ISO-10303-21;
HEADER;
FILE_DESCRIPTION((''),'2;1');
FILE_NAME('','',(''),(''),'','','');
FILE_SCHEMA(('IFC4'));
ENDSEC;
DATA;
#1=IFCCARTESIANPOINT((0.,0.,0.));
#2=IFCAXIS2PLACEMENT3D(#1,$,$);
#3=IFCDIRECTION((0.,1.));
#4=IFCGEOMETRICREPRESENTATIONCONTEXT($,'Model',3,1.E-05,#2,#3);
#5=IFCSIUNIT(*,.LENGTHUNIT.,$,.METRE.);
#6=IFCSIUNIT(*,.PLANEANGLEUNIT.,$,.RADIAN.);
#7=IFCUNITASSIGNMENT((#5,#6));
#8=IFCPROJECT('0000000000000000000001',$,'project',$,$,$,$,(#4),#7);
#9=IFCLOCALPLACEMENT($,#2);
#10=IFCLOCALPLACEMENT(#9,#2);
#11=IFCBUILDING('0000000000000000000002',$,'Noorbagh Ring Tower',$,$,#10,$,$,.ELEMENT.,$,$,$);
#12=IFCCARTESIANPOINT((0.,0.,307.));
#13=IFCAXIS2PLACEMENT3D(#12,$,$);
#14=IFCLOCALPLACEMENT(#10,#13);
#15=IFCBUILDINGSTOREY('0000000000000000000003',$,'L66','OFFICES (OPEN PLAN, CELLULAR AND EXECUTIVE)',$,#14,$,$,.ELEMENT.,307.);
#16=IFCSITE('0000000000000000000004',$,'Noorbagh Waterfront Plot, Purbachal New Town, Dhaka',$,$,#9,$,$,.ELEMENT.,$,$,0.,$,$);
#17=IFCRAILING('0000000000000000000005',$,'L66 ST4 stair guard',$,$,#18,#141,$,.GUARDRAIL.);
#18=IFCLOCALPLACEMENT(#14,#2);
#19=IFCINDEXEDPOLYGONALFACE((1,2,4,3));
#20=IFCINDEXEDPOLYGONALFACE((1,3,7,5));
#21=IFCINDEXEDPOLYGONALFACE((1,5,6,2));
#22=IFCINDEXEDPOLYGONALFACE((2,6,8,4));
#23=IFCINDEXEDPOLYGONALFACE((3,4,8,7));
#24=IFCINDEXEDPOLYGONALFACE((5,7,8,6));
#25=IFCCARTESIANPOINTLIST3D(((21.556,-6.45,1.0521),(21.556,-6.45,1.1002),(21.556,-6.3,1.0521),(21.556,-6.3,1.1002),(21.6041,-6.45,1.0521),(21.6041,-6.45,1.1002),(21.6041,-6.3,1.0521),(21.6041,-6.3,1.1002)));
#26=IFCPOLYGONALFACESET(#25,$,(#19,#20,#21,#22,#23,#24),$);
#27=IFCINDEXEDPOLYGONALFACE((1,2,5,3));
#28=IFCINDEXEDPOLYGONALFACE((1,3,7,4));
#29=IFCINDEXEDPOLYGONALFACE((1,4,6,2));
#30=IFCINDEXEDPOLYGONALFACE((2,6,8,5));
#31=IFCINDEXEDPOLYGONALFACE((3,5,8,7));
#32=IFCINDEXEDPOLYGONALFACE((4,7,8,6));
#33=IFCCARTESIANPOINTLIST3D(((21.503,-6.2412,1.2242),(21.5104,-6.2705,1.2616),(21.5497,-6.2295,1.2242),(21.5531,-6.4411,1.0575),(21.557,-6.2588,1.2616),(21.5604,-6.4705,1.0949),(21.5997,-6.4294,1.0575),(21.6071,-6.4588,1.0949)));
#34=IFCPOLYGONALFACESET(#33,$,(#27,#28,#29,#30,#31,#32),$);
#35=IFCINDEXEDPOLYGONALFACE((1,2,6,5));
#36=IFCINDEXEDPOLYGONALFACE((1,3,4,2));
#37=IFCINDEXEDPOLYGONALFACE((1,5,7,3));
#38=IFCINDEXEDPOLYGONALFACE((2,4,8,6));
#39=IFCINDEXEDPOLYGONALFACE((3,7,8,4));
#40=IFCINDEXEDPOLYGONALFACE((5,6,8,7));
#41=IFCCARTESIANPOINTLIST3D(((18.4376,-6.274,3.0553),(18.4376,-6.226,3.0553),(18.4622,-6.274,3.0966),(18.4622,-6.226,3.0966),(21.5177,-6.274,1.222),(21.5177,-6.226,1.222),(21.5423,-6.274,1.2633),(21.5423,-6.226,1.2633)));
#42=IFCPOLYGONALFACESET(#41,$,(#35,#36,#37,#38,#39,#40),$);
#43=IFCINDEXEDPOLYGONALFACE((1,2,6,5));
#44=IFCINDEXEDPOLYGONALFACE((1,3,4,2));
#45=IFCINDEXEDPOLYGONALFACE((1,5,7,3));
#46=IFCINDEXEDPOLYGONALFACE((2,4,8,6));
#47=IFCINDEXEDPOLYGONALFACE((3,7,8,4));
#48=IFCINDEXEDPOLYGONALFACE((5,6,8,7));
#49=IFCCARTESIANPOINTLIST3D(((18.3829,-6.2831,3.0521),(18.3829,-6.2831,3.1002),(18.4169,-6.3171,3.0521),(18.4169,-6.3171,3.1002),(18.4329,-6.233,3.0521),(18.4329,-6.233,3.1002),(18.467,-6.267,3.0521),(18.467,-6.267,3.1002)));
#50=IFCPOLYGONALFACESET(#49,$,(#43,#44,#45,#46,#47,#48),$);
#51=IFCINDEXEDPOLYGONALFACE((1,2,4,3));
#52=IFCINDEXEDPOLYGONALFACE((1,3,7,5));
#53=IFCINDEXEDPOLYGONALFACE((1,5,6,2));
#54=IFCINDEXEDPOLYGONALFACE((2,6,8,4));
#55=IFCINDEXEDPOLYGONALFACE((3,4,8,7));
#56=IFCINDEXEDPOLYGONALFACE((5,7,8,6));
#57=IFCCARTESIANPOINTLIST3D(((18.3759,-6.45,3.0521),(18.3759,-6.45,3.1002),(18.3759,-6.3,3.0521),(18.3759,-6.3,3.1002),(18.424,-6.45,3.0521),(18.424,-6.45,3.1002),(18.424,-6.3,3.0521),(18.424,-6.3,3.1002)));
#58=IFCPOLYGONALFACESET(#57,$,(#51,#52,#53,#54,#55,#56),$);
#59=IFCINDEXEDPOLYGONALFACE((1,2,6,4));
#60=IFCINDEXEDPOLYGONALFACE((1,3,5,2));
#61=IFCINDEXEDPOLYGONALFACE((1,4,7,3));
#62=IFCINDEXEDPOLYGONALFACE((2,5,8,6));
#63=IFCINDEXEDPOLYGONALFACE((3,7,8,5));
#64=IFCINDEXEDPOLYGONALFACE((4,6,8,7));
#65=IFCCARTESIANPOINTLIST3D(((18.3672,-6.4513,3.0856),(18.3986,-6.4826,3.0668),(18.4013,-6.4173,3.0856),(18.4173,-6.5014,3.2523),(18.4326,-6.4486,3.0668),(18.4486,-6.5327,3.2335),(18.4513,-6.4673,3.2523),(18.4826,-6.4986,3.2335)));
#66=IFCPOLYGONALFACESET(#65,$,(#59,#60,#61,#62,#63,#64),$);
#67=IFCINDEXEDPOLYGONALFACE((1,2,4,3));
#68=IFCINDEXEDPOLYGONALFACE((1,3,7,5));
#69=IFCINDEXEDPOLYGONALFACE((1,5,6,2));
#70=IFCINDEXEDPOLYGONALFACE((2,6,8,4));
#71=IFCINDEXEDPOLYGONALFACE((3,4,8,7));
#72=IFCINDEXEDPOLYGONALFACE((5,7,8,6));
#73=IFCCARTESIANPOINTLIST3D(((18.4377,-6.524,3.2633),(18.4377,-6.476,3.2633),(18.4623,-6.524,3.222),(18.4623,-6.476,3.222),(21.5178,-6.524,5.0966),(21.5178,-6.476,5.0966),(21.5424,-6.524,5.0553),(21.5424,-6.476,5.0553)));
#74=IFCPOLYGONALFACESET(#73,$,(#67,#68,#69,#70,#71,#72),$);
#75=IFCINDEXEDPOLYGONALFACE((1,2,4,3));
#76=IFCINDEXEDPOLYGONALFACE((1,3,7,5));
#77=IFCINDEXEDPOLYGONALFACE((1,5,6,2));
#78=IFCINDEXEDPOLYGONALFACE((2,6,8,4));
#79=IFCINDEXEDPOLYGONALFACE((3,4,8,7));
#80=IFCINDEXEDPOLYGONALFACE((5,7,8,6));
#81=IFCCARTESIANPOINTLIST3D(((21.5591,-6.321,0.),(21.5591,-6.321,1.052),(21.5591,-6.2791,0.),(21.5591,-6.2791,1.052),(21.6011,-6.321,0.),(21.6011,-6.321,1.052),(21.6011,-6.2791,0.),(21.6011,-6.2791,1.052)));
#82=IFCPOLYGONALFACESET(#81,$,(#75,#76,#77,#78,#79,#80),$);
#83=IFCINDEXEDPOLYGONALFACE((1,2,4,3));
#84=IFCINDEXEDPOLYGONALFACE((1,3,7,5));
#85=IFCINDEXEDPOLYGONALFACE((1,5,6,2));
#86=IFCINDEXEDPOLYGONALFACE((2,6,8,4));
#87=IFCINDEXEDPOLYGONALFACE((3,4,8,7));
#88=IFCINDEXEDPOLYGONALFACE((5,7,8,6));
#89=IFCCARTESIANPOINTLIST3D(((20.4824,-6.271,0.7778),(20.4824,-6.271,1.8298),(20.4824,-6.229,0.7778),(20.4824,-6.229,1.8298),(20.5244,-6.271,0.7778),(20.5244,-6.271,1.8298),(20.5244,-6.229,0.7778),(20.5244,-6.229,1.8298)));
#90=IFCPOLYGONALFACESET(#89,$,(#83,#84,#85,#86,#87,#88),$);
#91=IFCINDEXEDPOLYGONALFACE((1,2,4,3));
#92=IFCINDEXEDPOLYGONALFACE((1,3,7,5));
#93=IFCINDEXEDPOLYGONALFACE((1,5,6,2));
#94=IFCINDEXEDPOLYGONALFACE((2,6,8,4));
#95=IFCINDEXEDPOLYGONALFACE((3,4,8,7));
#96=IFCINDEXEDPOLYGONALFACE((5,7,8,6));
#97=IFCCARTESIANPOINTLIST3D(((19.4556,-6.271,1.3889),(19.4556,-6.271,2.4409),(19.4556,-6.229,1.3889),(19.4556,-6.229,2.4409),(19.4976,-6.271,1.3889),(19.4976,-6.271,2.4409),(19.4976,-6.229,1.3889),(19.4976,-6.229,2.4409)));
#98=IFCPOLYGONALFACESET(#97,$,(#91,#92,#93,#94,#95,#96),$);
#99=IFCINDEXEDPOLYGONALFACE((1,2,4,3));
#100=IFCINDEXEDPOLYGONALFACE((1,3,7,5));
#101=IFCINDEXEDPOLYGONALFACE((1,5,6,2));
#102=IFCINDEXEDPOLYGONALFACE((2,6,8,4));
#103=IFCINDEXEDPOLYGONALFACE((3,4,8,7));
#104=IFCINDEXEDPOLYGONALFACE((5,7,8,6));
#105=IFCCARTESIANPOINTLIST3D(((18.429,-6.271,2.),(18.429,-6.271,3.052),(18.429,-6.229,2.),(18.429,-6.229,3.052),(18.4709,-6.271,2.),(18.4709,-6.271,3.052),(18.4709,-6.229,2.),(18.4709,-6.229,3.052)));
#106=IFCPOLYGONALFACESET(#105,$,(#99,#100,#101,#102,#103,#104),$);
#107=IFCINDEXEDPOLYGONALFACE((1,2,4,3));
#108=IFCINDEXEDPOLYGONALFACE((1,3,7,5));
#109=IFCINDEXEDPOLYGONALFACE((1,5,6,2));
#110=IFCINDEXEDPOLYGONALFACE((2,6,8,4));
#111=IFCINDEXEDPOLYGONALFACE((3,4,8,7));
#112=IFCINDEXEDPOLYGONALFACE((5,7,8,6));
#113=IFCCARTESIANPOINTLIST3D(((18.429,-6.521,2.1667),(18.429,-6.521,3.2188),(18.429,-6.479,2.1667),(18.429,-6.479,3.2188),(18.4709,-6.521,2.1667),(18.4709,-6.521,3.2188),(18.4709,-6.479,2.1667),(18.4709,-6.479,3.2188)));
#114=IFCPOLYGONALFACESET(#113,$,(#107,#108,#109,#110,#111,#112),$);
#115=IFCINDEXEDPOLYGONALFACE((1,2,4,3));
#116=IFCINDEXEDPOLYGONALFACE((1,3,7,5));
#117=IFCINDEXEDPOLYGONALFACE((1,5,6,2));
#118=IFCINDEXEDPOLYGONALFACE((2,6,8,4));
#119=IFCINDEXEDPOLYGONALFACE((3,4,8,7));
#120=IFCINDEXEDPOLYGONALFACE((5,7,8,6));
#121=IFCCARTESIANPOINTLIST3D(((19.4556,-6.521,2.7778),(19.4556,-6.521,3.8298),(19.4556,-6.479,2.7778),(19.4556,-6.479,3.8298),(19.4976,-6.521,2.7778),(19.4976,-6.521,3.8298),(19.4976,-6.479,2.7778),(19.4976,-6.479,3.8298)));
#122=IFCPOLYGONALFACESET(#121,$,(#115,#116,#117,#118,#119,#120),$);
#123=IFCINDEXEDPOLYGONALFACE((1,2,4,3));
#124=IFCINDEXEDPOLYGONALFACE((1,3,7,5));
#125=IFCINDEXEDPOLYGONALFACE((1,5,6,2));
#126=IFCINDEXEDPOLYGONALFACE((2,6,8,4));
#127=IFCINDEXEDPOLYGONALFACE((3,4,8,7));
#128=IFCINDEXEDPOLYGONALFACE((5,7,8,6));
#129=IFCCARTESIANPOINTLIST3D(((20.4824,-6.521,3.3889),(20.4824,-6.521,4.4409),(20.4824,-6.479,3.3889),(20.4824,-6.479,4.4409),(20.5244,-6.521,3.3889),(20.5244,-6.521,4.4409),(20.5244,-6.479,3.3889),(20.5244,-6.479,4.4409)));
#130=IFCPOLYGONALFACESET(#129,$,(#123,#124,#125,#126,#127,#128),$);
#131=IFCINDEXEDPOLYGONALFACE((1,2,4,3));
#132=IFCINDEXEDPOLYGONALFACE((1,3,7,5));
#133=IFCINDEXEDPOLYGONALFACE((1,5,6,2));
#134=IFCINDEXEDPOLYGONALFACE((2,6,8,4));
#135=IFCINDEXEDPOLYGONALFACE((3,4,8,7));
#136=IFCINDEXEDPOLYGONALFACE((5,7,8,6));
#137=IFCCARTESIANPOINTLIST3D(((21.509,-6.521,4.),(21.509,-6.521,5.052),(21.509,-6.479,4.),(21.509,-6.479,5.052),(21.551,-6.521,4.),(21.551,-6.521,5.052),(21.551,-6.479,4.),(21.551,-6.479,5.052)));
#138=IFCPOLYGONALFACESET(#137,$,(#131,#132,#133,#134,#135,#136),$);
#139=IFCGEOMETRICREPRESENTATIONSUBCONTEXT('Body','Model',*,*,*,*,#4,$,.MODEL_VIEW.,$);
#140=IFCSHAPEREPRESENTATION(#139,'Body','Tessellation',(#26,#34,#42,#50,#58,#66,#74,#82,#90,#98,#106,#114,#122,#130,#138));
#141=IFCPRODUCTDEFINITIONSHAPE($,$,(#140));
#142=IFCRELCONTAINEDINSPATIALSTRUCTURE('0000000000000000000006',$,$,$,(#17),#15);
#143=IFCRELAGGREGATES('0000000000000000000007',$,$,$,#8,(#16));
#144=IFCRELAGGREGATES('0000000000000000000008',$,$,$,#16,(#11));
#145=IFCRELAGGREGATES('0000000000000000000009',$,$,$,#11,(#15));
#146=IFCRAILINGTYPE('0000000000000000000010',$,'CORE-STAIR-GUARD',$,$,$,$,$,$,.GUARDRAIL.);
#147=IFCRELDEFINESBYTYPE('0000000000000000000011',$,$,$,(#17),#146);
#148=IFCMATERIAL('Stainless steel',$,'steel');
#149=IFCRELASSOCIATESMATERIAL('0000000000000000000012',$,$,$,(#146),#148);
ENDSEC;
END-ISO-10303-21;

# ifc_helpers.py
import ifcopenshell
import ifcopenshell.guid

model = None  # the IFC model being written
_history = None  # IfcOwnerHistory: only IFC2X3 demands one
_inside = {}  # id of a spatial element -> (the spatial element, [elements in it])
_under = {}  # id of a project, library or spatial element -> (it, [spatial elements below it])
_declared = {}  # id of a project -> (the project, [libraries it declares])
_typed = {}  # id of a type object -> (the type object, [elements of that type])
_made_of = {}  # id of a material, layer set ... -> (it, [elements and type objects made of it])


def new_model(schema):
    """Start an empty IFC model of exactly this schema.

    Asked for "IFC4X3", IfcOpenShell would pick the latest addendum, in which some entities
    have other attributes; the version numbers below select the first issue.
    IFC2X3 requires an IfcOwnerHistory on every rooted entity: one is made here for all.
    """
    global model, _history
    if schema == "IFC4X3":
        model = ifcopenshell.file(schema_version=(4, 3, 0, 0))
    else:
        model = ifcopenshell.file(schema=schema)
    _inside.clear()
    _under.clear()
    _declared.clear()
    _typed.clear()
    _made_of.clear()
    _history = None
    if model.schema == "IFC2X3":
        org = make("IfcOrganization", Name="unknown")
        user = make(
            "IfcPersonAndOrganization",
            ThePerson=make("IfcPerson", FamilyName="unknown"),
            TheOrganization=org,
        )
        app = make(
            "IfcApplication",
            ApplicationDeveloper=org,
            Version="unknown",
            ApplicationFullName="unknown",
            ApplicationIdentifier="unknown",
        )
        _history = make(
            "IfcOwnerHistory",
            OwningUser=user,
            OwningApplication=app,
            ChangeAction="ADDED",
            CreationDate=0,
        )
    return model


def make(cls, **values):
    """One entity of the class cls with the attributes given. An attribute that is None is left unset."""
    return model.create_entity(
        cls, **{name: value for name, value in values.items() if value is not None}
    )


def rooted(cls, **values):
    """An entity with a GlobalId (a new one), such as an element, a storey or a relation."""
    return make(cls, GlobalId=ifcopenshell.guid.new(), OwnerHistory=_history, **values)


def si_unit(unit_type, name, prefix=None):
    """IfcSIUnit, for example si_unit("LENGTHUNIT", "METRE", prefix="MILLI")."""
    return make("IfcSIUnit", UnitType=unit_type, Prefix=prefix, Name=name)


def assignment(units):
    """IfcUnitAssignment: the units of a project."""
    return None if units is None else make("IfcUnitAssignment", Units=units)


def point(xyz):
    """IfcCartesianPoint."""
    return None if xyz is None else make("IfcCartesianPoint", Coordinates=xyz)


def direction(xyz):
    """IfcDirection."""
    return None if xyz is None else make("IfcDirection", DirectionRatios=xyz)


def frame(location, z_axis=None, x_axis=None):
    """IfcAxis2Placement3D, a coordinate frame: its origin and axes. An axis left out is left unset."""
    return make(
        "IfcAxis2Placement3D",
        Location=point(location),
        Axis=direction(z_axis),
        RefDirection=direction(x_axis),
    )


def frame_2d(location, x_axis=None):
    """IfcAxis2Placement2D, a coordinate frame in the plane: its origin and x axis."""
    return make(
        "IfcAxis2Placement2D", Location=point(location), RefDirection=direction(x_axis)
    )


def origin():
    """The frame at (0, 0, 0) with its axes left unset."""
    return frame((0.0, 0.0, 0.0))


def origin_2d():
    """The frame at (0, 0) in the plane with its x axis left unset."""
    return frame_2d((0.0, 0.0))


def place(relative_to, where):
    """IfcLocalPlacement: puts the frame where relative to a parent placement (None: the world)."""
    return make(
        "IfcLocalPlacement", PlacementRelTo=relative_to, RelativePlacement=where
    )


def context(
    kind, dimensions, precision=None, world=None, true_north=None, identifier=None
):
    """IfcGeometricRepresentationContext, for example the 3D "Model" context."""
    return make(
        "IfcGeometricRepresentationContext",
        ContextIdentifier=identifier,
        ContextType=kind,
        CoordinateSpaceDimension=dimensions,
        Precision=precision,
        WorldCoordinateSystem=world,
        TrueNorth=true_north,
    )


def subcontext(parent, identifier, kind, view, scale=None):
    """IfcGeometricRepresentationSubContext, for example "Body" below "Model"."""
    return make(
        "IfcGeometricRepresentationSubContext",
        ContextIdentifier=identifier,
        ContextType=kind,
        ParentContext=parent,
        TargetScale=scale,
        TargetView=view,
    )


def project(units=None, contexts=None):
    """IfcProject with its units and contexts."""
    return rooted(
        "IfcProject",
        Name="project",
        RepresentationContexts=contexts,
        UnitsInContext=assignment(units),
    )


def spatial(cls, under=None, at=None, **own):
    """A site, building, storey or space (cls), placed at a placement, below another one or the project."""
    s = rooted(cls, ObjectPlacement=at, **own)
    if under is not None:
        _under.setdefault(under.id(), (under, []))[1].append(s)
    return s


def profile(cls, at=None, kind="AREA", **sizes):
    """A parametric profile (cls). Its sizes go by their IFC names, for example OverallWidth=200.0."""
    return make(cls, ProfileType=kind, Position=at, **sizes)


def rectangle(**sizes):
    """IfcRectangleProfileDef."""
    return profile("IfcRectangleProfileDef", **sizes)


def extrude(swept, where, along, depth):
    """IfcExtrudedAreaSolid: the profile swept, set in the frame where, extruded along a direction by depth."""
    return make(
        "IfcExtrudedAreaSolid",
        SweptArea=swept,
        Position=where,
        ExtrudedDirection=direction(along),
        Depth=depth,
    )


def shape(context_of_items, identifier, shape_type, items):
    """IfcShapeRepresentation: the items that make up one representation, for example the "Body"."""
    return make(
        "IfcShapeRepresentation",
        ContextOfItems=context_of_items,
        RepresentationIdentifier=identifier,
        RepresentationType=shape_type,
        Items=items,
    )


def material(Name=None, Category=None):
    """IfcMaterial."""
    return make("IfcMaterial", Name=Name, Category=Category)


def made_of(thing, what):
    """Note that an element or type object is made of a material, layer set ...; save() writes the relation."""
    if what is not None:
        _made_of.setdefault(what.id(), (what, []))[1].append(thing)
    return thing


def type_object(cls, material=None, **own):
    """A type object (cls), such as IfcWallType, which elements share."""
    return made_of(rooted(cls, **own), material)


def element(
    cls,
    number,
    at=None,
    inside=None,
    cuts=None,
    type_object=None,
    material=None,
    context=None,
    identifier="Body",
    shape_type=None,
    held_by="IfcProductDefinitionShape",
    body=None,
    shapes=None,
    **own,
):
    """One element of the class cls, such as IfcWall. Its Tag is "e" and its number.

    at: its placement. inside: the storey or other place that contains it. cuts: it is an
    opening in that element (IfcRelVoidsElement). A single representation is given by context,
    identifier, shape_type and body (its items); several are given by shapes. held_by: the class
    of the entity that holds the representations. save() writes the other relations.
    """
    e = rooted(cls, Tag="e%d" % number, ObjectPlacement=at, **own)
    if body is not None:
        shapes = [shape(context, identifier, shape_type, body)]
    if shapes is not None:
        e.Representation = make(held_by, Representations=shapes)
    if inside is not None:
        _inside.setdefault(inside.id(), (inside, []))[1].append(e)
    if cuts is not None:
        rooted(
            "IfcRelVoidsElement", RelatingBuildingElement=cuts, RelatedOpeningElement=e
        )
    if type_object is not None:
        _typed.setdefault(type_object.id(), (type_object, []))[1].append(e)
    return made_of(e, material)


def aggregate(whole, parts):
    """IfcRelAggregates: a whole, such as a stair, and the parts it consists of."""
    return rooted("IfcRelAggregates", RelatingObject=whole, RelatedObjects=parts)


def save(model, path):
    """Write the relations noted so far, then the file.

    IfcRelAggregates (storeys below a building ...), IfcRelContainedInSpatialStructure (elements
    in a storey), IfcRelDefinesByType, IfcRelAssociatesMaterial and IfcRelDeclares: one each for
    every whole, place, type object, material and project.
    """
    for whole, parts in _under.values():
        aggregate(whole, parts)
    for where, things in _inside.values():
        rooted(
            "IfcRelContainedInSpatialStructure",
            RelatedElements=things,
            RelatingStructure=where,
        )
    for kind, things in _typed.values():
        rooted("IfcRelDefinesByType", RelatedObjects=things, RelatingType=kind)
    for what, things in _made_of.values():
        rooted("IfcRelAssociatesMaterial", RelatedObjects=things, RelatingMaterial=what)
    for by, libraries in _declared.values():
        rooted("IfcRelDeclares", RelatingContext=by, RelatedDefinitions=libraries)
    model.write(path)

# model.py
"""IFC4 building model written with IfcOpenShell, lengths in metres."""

from ifc_helpers import new_model, si_unit, direction, frame, origin, origin_2d, place, context, subcontext, project, spatial, rectangle, extrude, material, type_object, element, save


model = new_model("IFC4")

# Units and contexts
model_context = context("Model", 3, precision=1e-05, world=origin(), true_north=direction((0.0, 1.0)))
body_context = subcontext(model_context, "Body", "Model", "MODEL_VIEW")
ifc_project = project(units=[si_unit("LENGTHUNIT", "METRE"), si_unit("PLANEANGLEUNIT", "RADIAN")], contexts=[model_context])

# Site, building, storey
site_placement = place(None, origin())
site = spatial("IfcSite", under=ifc_project, at=site_placement, Name="Noorbagh Waterfront Plot, Purbachal New Town, Dhaka", CompositionType="ELEMENT", RefElevation=0.0)
building_placement = place(site_placement, origin())
building = spatial("IfcBuilding", under=site, at=building_placement, Name="Noorbagh Ring Tower", CompositionType="ELEMENT")
storey_placement = place(building_placement, frame((0.0, 0.0, 307.0)))
storey = spatial("IfcBuildingStorey", under=building, at=storey_placement, Name="L66", Description="OFFICES (OPEN PLAN, CELLULAR AND EXECUTIVE)", CompositionType="ELEMENT", Elevation=307.0)

# Railing
ifc_material_1 = material(Name="Stainless steel", Category="steel")
railing_type_1 = type_object("IfcRailingType", Name="CORE-STAIR-GUARD", PredefinedType="GUARDRAIL", material=ifc_material_1)
railing_1_placement = place(storey_placement, frame((21.5801, -6.3, 0.0)))
element("IfcRailing", 1, at=railing_1_placement, inside=storey, type_object=railing_type_1, Name="L66 ST4 stair guard", PredefinedType="GUARDRAIL", context=body_context, shape_type="SweptSolid", body=[
    extrude(rectangle(XDim=0.0481, YDim=0.0481, at=origin_2d()), frame((0.0, 0.0, 1.0762), z_axis=(0.0, -1.0, 0.0), x_axis=(1.0, 0.0, 0.0)), (0.0, 0.0, 1.0), 0.1499),
    extrude(rectangle(XDim=0.0481, YDim=0.0481, at=origin_2d()), frame((0.0, -0.1499, 1.0762), z_axis=(-0.188776, 0.754182, 0.628946), x_axis=(-0.970073, -0.242814, 0.0)), (0.0, 0.0, 1.0), 0.2651),
    extrude(rectangle(XDim=0.0481, YDim=0.0481, at=origin_2d()), frame((-0.05, 0.05, 1.2427), z_axis=(-0.859309, 0.0, 0.511458), x_axis=(0.0, -1.0, 0.0)), (0.0, 0.0, 1.0), 3.5845),
    extrude(rectangle(XDim=0.0481, YDim=0.0481, at=origin_2d()), frame((-3.1301, 0.05, 3.0762), z_axis=(-0.707107, -0.707107, 0.0), x_axis=(0.707107, -0.707107, 0.0)), (0.0, 0.0, 1.0), 0.0708),
    extrude(rectangle(XDim=0.0481, YDim=0.0481, at=origin_2d()), frame((-3.1802, 0.0, 3.0762), z_axis=(0.0, -1.0, 0.0), x_axis=(1.0, 0.0, 0.0)), (0.0, 0.0, 1.0), 0.1499),
    extrude(rectangle(XDim=0.0481, YDim=0.0481, at=origin_2d()), frame((-3.1802, -0.1499, 3.0762), z_axis=(0.276287, -0.276287, 0.920506), x_axis=(0.707107, 0.707107, 0.0)), (0.0, 0.0, 1.0), 0.1812),
    extrude(rectangle(XDim=0.0481, YDim=0.0481, at=origin_2d()), frame((-3.1301, -0.2, 3.2427), z_axis=(0.859309, 0.0, 0.511458), x_axis=(0.0, 1.0, 0.0)), (0.0, 0.0, 1.0), 3.5845),
    extrude(rectangle(XDim=0.042, YDim=0.042, at=origin_2d()), origin(), (0.0, 0.0, 1.0), 1.052),
    extrude(rectangle(XDim=0.042, YDim=0.042, at=origin_2d()), frame((-1.0767, 0.05, 0.7778)), (0.0, 0.0, 1.0), 1.052),
    extrude(rectangle(XDim=0.042, YDim=0.042, at=origin_2d()), frame((-2.1035, 0.05, 1.3889)), (0.0, 0.0, 1.0), 1.052),
    extrude(rectangle(XDim=0.042, YDim=0.042, at=origin_2d()), frame((-3.1301, 0.05, 2.0)), (0.0, 0.0, 1.0), 1.052),
    extrude(rectangle(XDim=0.042, YDim=0.042, at=origin_2d()), frame((-3.1301, -0.2, 2.1667)), (0.0, 0.0, 1.0), 1.052),
    extrude(rectangle(XDim=0.042, YDim=0.042, at=origin_2d()), frame((-2.1035, -0.2, 2.7778)), (0.0, 0.0, 1.0), 1.052),
    extrude(rectangle(XDim=0.042, YDim=0.042, at=origin_2d()), frame((-1.0767, -0.2, 3.3889)), (0.0, 0.0, 1.0), 1.052),
    extrude(rectangle(XDim=0.042, YDim=0.042, at=origin_2d()), frame((-0.05, -0.2, 4.0)), (0.0, 0.0, 1.0), 1.052),
])

save(model, "model.ifc")
